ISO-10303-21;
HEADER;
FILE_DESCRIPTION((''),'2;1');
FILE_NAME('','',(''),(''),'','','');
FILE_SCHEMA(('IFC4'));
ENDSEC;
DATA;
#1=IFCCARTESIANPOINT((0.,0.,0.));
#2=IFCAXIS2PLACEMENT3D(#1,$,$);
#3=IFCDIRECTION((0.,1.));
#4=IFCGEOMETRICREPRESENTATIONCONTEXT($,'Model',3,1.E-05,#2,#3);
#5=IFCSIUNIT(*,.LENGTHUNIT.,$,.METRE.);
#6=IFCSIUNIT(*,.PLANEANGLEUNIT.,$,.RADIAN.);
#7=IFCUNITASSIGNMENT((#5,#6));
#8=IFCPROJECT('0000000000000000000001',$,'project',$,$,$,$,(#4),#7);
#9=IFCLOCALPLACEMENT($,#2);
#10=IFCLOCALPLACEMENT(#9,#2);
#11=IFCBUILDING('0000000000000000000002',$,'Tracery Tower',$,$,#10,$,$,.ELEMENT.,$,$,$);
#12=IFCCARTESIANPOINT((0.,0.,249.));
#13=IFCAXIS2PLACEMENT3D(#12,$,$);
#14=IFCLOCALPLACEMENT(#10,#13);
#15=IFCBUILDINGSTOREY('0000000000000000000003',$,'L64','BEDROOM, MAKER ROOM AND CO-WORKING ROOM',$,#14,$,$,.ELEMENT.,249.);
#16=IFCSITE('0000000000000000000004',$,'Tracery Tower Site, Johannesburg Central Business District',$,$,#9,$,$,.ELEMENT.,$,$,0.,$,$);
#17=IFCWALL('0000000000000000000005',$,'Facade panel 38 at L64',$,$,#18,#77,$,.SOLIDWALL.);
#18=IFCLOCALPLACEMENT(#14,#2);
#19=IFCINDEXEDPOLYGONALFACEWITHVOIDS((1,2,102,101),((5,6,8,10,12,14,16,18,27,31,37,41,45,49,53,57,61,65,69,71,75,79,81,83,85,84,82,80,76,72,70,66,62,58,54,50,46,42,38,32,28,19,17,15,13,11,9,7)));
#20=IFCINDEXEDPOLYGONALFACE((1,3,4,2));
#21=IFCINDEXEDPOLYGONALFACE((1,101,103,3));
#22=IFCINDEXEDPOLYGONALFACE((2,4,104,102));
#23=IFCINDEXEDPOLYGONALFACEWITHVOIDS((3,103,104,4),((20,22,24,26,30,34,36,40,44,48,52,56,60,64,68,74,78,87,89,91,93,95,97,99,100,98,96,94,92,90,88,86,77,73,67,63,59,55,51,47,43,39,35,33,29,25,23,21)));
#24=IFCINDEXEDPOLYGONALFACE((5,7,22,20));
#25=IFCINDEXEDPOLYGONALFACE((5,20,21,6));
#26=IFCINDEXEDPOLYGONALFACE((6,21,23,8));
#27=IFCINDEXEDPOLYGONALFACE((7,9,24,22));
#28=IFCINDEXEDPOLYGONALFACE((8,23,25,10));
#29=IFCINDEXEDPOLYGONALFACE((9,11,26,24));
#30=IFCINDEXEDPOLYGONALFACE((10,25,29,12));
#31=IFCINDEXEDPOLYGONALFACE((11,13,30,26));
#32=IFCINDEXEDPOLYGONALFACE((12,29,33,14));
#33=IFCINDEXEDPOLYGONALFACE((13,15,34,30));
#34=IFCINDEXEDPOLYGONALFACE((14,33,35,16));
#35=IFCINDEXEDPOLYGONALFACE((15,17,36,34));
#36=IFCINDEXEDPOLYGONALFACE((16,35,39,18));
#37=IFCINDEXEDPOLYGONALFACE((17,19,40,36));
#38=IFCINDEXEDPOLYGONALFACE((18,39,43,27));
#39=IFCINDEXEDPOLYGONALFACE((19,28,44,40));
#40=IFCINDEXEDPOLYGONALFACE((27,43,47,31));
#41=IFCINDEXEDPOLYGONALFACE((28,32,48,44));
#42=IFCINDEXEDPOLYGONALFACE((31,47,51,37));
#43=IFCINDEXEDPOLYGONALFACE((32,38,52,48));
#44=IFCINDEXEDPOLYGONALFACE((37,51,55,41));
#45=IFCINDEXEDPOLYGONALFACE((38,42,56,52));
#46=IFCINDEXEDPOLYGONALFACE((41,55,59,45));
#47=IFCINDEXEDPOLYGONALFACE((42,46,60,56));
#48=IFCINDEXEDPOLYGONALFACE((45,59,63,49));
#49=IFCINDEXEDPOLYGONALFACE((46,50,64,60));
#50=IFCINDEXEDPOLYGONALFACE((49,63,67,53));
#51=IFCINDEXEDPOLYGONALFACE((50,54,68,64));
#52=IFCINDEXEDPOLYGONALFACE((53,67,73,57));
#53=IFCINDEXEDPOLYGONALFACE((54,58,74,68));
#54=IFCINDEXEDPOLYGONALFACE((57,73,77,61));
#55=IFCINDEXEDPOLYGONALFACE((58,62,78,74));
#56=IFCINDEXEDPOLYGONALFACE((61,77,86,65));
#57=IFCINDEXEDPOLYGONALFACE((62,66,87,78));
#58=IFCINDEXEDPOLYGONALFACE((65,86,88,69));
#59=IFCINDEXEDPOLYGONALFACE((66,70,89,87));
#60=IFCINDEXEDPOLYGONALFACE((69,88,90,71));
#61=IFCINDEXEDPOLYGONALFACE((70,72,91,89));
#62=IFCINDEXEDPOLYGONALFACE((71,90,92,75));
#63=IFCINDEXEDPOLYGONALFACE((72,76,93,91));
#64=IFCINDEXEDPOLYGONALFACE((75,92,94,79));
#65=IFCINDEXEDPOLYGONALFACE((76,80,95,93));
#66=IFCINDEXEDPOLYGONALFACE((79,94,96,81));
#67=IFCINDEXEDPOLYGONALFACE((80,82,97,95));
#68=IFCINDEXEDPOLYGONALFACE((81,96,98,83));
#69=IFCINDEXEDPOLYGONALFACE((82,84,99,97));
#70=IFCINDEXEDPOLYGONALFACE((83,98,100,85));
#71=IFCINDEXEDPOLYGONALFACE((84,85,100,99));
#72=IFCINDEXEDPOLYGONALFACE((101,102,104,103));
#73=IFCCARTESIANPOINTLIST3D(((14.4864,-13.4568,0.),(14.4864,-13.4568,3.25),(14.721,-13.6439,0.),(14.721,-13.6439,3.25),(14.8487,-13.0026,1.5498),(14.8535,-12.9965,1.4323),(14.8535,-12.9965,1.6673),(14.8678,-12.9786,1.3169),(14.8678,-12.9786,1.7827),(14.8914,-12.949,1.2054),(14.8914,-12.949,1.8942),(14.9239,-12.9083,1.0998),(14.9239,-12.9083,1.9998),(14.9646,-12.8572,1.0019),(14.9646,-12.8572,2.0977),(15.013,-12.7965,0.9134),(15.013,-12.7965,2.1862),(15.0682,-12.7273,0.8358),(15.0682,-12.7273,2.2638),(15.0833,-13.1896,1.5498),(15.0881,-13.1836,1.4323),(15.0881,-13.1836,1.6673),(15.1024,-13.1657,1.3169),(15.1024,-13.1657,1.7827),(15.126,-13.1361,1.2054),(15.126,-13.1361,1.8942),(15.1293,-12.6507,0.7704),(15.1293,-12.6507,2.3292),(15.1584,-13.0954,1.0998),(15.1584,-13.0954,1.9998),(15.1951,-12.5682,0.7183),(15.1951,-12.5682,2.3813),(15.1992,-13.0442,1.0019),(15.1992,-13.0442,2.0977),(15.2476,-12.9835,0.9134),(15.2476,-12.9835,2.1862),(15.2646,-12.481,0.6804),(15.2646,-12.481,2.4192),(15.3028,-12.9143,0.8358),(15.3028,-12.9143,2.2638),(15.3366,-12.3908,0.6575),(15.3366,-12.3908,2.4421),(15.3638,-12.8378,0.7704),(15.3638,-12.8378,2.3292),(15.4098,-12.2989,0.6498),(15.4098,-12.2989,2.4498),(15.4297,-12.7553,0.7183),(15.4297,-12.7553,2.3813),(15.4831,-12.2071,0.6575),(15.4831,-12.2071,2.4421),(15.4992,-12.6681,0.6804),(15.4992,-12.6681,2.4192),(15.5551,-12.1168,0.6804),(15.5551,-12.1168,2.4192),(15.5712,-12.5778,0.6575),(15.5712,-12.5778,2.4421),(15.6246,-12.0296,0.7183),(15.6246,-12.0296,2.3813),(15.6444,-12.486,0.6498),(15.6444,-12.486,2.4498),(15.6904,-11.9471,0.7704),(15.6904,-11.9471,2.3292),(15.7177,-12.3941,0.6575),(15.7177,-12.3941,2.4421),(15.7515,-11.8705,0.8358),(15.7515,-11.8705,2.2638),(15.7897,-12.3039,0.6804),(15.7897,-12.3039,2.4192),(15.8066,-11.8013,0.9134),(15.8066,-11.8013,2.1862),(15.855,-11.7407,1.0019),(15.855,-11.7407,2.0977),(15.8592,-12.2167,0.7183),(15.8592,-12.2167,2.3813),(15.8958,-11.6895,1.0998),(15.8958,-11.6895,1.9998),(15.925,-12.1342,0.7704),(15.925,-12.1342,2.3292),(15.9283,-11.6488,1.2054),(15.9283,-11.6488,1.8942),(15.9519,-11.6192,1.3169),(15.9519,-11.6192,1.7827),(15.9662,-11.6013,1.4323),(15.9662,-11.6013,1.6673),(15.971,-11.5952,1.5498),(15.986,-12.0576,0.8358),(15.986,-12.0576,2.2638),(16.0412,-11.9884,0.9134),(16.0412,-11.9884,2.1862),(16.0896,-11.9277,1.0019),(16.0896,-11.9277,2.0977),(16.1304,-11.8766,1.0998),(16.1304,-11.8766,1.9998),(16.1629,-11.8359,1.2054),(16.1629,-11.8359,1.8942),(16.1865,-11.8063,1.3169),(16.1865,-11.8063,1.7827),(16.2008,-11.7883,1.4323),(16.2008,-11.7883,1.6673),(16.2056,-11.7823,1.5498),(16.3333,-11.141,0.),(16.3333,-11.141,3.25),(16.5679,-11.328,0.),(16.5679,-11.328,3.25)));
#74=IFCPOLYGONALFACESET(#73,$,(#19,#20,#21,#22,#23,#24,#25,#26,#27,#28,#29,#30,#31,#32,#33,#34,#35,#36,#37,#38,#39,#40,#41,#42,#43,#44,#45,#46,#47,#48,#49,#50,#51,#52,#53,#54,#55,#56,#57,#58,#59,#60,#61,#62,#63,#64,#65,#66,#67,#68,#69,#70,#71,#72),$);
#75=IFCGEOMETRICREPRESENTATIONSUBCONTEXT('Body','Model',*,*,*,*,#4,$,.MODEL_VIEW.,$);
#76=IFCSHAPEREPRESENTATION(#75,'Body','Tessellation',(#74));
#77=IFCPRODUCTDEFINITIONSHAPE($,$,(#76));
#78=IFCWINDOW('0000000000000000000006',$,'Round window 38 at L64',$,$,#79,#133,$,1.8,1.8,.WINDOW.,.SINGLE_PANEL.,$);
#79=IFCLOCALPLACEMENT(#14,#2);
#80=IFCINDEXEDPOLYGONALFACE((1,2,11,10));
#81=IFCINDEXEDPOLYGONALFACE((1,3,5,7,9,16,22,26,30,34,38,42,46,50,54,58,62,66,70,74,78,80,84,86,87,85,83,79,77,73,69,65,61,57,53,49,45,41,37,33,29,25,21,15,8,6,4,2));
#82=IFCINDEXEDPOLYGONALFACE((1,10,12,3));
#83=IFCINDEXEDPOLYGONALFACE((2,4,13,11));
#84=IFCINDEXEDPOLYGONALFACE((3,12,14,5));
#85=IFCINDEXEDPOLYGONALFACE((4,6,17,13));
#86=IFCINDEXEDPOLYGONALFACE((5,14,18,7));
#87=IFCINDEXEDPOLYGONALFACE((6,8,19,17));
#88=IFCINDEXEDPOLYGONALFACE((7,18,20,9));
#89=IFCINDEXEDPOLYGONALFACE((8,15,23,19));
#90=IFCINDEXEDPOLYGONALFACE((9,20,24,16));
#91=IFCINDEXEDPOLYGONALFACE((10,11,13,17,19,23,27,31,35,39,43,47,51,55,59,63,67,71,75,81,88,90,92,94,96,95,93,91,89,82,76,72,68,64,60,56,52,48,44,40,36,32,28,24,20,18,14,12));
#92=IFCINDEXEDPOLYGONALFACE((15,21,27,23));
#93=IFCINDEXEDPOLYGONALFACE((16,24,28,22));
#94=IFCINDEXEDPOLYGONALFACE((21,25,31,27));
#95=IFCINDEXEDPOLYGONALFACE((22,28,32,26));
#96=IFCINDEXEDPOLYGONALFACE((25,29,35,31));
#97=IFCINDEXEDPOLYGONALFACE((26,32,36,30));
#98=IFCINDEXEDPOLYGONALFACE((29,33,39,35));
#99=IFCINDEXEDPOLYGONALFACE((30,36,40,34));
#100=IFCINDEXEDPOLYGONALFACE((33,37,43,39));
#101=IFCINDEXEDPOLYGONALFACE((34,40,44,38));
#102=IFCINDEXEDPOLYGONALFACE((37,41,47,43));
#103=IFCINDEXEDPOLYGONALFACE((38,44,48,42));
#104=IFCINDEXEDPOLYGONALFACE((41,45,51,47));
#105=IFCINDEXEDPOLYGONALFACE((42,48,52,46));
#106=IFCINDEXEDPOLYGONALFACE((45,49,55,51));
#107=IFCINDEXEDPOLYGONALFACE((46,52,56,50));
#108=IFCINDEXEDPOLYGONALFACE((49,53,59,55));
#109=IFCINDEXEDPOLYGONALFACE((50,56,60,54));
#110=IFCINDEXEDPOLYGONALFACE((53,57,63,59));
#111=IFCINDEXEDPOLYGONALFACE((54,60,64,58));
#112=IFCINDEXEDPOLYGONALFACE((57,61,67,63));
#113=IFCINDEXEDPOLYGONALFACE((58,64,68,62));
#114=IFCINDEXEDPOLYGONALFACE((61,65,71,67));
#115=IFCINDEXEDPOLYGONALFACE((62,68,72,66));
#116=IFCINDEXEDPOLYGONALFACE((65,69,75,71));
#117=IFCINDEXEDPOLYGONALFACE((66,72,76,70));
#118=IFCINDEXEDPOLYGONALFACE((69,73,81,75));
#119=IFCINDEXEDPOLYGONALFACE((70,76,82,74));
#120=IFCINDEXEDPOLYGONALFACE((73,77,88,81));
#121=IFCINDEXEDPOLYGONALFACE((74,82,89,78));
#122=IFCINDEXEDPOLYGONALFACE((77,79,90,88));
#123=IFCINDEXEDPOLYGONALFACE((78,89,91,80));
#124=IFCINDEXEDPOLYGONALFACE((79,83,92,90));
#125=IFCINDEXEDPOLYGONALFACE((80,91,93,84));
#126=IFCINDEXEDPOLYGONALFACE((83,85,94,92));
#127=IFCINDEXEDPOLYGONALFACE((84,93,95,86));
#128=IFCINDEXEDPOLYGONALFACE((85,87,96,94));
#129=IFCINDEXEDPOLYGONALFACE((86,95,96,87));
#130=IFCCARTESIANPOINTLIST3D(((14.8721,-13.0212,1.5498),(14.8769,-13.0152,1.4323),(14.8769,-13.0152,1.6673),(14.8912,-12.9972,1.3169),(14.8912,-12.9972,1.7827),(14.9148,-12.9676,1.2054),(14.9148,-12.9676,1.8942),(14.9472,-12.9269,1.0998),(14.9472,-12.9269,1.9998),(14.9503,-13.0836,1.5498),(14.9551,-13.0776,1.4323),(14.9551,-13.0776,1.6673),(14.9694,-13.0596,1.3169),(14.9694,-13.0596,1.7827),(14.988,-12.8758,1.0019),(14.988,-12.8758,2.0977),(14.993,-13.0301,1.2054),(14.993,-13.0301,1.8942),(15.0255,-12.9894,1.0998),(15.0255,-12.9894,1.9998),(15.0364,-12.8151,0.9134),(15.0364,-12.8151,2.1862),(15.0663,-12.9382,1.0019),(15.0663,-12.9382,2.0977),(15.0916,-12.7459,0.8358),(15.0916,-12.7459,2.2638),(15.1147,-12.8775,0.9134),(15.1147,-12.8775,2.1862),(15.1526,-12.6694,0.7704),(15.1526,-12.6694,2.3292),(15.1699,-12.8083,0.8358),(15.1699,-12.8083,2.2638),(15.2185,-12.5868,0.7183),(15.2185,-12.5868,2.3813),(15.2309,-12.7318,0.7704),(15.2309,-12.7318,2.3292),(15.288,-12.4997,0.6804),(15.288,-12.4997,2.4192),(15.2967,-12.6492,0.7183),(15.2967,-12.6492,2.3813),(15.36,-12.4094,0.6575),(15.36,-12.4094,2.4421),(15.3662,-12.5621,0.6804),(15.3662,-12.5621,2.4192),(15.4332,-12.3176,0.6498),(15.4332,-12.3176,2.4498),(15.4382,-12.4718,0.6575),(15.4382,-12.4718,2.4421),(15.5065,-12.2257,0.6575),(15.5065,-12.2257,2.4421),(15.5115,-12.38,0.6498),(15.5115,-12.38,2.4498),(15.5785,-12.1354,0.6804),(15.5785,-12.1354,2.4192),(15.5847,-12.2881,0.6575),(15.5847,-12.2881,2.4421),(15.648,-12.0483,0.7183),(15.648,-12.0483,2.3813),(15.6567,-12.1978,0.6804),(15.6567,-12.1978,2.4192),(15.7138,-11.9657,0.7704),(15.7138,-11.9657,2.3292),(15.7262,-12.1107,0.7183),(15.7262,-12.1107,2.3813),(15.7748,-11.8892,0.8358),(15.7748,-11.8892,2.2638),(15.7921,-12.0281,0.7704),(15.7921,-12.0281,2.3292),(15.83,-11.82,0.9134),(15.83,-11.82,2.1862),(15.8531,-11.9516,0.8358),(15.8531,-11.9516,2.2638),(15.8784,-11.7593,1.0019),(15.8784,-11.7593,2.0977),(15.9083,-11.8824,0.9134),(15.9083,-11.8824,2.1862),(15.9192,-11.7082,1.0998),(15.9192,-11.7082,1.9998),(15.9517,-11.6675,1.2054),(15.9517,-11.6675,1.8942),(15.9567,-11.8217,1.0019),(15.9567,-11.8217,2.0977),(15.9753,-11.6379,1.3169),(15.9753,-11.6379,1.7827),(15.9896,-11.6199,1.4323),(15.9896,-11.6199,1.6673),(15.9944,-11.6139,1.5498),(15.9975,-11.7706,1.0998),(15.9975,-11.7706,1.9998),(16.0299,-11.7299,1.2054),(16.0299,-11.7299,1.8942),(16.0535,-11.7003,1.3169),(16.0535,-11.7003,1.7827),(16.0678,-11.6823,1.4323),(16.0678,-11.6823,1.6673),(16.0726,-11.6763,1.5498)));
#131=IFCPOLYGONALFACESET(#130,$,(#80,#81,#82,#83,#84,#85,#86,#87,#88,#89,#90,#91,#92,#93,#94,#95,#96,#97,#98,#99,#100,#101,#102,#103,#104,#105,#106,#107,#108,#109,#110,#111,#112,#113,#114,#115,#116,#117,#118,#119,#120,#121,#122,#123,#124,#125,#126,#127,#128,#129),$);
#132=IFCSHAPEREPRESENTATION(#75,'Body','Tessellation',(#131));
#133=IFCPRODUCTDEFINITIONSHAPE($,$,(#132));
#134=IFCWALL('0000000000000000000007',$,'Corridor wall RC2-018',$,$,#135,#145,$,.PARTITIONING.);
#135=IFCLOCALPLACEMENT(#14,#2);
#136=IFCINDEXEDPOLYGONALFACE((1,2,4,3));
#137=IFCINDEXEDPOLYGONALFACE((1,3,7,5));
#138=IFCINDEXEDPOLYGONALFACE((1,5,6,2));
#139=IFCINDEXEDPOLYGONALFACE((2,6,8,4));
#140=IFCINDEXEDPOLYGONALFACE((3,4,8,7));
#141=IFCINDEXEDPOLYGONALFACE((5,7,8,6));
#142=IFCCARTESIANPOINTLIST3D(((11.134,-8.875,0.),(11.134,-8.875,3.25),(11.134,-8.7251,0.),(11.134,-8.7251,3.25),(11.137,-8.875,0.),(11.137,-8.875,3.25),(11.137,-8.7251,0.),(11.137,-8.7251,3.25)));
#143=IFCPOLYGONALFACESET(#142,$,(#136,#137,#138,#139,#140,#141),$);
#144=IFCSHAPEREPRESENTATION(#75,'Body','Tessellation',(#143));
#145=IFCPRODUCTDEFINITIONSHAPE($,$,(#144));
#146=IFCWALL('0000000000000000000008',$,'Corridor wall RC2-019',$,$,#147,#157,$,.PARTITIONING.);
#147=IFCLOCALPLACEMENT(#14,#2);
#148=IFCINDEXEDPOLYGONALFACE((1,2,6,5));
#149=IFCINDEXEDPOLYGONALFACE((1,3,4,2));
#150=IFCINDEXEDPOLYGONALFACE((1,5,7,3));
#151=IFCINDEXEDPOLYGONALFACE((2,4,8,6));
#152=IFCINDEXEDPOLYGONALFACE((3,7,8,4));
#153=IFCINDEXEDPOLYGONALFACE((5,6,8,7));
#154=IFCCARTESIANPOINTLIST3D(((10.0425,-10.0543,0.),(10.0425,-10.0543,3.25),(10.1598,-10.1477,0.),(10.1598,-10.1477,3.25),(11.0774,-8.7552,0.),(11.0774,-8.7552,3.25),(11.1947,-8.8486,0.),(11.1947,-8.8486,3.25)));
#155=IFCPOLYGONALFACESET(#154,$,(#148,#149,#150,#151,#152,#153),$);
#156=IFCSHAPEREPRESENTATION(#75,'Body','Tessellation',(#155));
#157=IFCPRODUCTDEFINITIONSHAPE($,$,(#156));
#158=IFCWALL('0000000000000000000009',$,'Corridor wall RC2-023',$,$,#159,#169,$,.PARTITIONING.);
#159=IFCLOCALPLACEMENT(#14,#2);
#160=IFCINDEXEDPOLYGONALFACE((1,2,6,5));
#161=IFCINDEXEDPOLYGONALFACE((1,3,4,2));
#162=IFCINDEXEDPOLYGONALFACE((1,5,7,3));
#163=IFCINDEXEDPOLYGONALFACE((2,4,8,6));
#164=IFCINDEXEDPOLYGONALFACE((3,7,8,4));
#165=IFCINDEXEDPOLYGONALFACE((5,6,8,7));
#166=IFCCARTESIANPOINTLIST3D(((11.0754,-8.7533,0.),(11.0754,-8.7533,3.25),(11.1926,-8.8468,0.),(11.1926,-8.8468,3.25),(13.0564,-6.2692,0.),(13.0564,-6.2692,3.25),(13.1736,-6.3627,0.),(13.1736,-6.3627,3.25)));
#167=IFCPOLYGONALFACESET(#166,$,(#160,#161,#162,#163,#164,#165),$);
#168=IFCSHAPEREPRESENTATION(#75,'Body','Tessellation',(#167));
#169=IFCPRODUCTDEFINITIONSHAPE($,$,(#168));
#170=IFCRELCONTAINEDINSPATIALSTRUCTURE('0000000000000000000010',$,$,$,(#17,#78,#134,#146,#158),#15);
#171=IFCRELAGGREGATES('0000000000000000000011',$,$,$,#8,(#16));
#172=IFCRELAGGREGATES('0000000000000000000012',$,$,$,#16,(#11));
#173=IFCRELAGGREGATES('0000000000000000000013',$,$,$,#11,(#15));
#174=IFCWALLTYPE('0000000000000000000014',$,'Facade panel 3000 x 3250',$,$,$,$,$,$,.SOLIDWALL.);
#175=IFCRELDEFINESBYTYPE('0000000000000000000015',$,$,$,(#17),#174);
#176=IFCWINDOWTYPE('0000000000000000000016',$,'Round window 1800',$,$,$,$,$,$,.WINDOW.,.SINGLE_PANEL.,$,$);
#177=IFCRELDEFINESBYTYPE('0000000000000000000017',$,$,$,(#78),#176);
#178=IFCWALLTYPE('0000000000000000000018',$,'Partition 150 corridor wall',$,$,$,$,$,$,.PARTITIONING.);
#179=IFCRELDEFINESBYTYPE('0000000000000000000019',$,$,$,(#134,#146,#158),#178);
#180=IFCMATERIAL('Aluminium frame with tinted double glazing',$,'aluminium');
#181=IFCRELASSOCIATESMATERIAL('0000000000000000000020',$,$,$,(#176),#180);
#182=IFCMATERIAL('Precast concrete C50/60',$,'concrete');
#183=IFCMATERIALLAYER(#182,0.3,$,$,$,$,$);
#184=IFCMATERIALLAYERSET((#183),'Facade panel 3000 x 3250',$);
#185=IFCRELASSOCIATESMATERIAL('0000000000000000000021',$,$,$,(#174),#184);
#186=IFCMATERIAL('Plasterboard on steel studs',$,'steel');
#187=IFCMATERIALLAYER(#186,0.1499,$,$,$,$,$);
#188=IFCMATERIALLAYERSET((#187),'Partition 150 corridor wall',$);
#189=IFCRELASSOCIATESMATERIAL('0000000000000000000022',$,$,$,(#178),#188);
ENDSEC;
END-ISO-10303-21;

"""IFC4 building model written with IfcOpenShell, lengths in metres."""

from ifc_helpers import new_model, si_unit, direction, frame, frame_2d, origin, origin_2d, place, context, subcontext, project, spatial, rectangle, circle, extrude, material, layer, layer_set, type_object, element, fill, save


model = new_model("IFC4")

# Units and contexts
model_context = context("Model", 3, precision=1e-05, world=origin(), true_north=direction((0.0, 1.0)))
body_context = subcontext(model_context, "Body", "Model", "MODEL_VIEW")
ifc_project = project(units=[si_unit("LENGTHUNIT", "METRE"), si_unit("PLANEANGLEUNIT", "RADIAN")], contexts=[model_context])

# Site, building, storey
site_placement = place(None, origin())
site = spatial("IfcSite", under=ifc_project, at=site_placement, Name="Tracery Tower Site, Johannesburg Central Business District", CompositionType="ELEMENT", RefElevation=0.0)
building_placement = place(site_placement, origin())
building = spatial("IfcBuilding", under=site, at=building_placement, Name="Tracery Tower", CompositionType="ELEMENT")
storey_placement = place(building_placement, frame((0.0, 0.0, 249.0)))
storey = spatial("IfcBuildingStorey", under=building, at=storey_placement, Name="L64", Description="BEDROOM, MAKER ROOM AND CO-WORKING ROOM", CompositionType="ELEMENT", Elevation=249.0)

# Wall, opening, window
ifc_material_1 = material(Name="Aluminium frame with tinted double glazing", Category="aluminium")
window_type = type_object("IfcWindowType", Name="Round window 1800", PartitioningType="SINGLE_PANEL", PredefinedType="WINDOW", material=ifc_material_1)
ifc_material_2 = material(Name="Precast concrete C50/60", Category="concrete")
ifc_layer_1 = layer(ifc_material_2, 0.3)
ifc_layer_set_1 = layer_set([ifc_layer_1], Name="Facade panel 3000 x 3250")
wall_type_1 = type_object("IfcWallType", Name="Facade panel 3000 x 3250", PredefinedType="SOLIDWALL", material=ifc_layer_set_1)
wall_1_placement = place(storey_placement, frame((14.6038, -13.5503, 0.0), z_axis=(0.0, 0.0, 1.0), x_axis=(0.623498, 0.781825, 0.0)))
wall_1 = element("IfcWall", 1, at=wall_1_placement, inside=storey, type_object=wall_type_1, Name="Facade panel 38 at L64", PredefinedType="SOLIDWALL", context=body_context, shape_type="SweptSolid", body=[
    extrude(rectangle(XDim=2.9622, YDim=0.3, at=frame_2d((1.481, 0.0))), origin(), (0.0, 0.0, 1.0), 3.25),
])
opening_1_placement = place(wall_1_placement, frame((1.481, 0.0, 1.5498)))
opening_1 = element("IfcOpeningElement", 2, at=opening_1_placement, cuts=wall_1, PredefinedType="OPENING", context=body_context, shape_type="SweptSolid", body=[
    extrude(circle(Radius=0.9, at=origin_2d()), frame((0.0, 0.1599, 0.0), z_axis=(0.0, -1.0, 0.0), x_axis=(1.0, 0.0, 0.0)), (0.0, 0.0, 1.0), 0.3201),
])
window_1_placement = place(opening_1_placement, origin())
window_1 = element("IfcWindow", 3, at=window_1_placement, inside=storey, type_object=window_type, Name="Round window 38 at L64", OverallHeight=1.8, OverallWidth=1.8, PartitioningType="SINGLE_PANEL", PredefinedType="WINDOW", context=body_context, shape_type="SweptSolid", body=[
    extrude(circle(Radius=0.9, at=origin_2d()), frame((0.0, 0.1201, 0.0), z_axis=(0.0, -1.0, 0.0), x_axis=(1.0, 0.0, 0.0)), (0.0, 0.0, 1.0), 0.1001),
])
fill(opening_1, window_1)

# Walls
ifc_material_3 = material(Name="Plasterboard on steel studs", Category="steel")
ifc_layer_2 = layer(ifc_material_3, 0.1499)
ifc_layer_set_2 = layer_set([ifc_layer_2], Name="Partition 150 corridor wall")
wall_type_2 = type_object("IfcWallType", Name="Partition 150 corridor wall", PredefinedType="PARTITIONING", material=ifc_layer_set_2)
wall_2_placement = place(storey_placement, frame((11.137, -8.8, 0.0), z_axis=(0.0, 0.0, 1.0), x_axis=(-1.0, 0.0, 0.0)))
element("IfcWall", 4, at=wall_2_placement, inside=storey, type_object=wall_type_2, Name="Corridor wall RC2-018", PredefinedType="PARTITIONING", context=body_context, shape_type="SweptSolid", body=[
    extrude(rectangle(XDim=0.0029, YDim=0.1499, at=frame_2d((0.0015, 0.0))), origin(), (0.0, 0.0, 1.0), 3.25),
])
wall_3_placement = place(storey_placement, frame((10.1011, -10.1011, 0.0), z_axis=(0.0, 0.0, 1.0), x_axis=(0.623098, 0.782143, 0.0)))
element("IfcWall", 5, at=wall_3_placement, inside=storey, type_object=wall_type_2, Name="Corridor wall RC2-019", PredefinedType="PARTITIONING", context=body_context, shape_type="SweptSolid", body=[
    extrude(rectangle(XDim=1.6609, YDim=0.1499, at=frame_2d((0.8306, 0.0))), origin(), (0.0, 0.0, 1.0), 3.25),
])
wall_4_placement = place(storey_placement, frame((11.134, -8.8, 0.0), z_axis=(0.0, 0.0, 1.0), x_axis=(0.623476, 0.781842, 0.0)))
element("IfcWall", 6, at=wall_4_placement, inside=storey, type_object=wall_type_2, Name="Corridor wall RC2-023", PredefinedType="PARTITIONING", context=body_context, shape_type="SweptSolid", body=[
    extrude(rectangle(XDim=3.1772, YDim=0.1499, at=frame_2d((1.5886, 0.0))), origin(), (0.0, 0.0, 1.0), 3.25),
])

save(model, "model.ifc")
